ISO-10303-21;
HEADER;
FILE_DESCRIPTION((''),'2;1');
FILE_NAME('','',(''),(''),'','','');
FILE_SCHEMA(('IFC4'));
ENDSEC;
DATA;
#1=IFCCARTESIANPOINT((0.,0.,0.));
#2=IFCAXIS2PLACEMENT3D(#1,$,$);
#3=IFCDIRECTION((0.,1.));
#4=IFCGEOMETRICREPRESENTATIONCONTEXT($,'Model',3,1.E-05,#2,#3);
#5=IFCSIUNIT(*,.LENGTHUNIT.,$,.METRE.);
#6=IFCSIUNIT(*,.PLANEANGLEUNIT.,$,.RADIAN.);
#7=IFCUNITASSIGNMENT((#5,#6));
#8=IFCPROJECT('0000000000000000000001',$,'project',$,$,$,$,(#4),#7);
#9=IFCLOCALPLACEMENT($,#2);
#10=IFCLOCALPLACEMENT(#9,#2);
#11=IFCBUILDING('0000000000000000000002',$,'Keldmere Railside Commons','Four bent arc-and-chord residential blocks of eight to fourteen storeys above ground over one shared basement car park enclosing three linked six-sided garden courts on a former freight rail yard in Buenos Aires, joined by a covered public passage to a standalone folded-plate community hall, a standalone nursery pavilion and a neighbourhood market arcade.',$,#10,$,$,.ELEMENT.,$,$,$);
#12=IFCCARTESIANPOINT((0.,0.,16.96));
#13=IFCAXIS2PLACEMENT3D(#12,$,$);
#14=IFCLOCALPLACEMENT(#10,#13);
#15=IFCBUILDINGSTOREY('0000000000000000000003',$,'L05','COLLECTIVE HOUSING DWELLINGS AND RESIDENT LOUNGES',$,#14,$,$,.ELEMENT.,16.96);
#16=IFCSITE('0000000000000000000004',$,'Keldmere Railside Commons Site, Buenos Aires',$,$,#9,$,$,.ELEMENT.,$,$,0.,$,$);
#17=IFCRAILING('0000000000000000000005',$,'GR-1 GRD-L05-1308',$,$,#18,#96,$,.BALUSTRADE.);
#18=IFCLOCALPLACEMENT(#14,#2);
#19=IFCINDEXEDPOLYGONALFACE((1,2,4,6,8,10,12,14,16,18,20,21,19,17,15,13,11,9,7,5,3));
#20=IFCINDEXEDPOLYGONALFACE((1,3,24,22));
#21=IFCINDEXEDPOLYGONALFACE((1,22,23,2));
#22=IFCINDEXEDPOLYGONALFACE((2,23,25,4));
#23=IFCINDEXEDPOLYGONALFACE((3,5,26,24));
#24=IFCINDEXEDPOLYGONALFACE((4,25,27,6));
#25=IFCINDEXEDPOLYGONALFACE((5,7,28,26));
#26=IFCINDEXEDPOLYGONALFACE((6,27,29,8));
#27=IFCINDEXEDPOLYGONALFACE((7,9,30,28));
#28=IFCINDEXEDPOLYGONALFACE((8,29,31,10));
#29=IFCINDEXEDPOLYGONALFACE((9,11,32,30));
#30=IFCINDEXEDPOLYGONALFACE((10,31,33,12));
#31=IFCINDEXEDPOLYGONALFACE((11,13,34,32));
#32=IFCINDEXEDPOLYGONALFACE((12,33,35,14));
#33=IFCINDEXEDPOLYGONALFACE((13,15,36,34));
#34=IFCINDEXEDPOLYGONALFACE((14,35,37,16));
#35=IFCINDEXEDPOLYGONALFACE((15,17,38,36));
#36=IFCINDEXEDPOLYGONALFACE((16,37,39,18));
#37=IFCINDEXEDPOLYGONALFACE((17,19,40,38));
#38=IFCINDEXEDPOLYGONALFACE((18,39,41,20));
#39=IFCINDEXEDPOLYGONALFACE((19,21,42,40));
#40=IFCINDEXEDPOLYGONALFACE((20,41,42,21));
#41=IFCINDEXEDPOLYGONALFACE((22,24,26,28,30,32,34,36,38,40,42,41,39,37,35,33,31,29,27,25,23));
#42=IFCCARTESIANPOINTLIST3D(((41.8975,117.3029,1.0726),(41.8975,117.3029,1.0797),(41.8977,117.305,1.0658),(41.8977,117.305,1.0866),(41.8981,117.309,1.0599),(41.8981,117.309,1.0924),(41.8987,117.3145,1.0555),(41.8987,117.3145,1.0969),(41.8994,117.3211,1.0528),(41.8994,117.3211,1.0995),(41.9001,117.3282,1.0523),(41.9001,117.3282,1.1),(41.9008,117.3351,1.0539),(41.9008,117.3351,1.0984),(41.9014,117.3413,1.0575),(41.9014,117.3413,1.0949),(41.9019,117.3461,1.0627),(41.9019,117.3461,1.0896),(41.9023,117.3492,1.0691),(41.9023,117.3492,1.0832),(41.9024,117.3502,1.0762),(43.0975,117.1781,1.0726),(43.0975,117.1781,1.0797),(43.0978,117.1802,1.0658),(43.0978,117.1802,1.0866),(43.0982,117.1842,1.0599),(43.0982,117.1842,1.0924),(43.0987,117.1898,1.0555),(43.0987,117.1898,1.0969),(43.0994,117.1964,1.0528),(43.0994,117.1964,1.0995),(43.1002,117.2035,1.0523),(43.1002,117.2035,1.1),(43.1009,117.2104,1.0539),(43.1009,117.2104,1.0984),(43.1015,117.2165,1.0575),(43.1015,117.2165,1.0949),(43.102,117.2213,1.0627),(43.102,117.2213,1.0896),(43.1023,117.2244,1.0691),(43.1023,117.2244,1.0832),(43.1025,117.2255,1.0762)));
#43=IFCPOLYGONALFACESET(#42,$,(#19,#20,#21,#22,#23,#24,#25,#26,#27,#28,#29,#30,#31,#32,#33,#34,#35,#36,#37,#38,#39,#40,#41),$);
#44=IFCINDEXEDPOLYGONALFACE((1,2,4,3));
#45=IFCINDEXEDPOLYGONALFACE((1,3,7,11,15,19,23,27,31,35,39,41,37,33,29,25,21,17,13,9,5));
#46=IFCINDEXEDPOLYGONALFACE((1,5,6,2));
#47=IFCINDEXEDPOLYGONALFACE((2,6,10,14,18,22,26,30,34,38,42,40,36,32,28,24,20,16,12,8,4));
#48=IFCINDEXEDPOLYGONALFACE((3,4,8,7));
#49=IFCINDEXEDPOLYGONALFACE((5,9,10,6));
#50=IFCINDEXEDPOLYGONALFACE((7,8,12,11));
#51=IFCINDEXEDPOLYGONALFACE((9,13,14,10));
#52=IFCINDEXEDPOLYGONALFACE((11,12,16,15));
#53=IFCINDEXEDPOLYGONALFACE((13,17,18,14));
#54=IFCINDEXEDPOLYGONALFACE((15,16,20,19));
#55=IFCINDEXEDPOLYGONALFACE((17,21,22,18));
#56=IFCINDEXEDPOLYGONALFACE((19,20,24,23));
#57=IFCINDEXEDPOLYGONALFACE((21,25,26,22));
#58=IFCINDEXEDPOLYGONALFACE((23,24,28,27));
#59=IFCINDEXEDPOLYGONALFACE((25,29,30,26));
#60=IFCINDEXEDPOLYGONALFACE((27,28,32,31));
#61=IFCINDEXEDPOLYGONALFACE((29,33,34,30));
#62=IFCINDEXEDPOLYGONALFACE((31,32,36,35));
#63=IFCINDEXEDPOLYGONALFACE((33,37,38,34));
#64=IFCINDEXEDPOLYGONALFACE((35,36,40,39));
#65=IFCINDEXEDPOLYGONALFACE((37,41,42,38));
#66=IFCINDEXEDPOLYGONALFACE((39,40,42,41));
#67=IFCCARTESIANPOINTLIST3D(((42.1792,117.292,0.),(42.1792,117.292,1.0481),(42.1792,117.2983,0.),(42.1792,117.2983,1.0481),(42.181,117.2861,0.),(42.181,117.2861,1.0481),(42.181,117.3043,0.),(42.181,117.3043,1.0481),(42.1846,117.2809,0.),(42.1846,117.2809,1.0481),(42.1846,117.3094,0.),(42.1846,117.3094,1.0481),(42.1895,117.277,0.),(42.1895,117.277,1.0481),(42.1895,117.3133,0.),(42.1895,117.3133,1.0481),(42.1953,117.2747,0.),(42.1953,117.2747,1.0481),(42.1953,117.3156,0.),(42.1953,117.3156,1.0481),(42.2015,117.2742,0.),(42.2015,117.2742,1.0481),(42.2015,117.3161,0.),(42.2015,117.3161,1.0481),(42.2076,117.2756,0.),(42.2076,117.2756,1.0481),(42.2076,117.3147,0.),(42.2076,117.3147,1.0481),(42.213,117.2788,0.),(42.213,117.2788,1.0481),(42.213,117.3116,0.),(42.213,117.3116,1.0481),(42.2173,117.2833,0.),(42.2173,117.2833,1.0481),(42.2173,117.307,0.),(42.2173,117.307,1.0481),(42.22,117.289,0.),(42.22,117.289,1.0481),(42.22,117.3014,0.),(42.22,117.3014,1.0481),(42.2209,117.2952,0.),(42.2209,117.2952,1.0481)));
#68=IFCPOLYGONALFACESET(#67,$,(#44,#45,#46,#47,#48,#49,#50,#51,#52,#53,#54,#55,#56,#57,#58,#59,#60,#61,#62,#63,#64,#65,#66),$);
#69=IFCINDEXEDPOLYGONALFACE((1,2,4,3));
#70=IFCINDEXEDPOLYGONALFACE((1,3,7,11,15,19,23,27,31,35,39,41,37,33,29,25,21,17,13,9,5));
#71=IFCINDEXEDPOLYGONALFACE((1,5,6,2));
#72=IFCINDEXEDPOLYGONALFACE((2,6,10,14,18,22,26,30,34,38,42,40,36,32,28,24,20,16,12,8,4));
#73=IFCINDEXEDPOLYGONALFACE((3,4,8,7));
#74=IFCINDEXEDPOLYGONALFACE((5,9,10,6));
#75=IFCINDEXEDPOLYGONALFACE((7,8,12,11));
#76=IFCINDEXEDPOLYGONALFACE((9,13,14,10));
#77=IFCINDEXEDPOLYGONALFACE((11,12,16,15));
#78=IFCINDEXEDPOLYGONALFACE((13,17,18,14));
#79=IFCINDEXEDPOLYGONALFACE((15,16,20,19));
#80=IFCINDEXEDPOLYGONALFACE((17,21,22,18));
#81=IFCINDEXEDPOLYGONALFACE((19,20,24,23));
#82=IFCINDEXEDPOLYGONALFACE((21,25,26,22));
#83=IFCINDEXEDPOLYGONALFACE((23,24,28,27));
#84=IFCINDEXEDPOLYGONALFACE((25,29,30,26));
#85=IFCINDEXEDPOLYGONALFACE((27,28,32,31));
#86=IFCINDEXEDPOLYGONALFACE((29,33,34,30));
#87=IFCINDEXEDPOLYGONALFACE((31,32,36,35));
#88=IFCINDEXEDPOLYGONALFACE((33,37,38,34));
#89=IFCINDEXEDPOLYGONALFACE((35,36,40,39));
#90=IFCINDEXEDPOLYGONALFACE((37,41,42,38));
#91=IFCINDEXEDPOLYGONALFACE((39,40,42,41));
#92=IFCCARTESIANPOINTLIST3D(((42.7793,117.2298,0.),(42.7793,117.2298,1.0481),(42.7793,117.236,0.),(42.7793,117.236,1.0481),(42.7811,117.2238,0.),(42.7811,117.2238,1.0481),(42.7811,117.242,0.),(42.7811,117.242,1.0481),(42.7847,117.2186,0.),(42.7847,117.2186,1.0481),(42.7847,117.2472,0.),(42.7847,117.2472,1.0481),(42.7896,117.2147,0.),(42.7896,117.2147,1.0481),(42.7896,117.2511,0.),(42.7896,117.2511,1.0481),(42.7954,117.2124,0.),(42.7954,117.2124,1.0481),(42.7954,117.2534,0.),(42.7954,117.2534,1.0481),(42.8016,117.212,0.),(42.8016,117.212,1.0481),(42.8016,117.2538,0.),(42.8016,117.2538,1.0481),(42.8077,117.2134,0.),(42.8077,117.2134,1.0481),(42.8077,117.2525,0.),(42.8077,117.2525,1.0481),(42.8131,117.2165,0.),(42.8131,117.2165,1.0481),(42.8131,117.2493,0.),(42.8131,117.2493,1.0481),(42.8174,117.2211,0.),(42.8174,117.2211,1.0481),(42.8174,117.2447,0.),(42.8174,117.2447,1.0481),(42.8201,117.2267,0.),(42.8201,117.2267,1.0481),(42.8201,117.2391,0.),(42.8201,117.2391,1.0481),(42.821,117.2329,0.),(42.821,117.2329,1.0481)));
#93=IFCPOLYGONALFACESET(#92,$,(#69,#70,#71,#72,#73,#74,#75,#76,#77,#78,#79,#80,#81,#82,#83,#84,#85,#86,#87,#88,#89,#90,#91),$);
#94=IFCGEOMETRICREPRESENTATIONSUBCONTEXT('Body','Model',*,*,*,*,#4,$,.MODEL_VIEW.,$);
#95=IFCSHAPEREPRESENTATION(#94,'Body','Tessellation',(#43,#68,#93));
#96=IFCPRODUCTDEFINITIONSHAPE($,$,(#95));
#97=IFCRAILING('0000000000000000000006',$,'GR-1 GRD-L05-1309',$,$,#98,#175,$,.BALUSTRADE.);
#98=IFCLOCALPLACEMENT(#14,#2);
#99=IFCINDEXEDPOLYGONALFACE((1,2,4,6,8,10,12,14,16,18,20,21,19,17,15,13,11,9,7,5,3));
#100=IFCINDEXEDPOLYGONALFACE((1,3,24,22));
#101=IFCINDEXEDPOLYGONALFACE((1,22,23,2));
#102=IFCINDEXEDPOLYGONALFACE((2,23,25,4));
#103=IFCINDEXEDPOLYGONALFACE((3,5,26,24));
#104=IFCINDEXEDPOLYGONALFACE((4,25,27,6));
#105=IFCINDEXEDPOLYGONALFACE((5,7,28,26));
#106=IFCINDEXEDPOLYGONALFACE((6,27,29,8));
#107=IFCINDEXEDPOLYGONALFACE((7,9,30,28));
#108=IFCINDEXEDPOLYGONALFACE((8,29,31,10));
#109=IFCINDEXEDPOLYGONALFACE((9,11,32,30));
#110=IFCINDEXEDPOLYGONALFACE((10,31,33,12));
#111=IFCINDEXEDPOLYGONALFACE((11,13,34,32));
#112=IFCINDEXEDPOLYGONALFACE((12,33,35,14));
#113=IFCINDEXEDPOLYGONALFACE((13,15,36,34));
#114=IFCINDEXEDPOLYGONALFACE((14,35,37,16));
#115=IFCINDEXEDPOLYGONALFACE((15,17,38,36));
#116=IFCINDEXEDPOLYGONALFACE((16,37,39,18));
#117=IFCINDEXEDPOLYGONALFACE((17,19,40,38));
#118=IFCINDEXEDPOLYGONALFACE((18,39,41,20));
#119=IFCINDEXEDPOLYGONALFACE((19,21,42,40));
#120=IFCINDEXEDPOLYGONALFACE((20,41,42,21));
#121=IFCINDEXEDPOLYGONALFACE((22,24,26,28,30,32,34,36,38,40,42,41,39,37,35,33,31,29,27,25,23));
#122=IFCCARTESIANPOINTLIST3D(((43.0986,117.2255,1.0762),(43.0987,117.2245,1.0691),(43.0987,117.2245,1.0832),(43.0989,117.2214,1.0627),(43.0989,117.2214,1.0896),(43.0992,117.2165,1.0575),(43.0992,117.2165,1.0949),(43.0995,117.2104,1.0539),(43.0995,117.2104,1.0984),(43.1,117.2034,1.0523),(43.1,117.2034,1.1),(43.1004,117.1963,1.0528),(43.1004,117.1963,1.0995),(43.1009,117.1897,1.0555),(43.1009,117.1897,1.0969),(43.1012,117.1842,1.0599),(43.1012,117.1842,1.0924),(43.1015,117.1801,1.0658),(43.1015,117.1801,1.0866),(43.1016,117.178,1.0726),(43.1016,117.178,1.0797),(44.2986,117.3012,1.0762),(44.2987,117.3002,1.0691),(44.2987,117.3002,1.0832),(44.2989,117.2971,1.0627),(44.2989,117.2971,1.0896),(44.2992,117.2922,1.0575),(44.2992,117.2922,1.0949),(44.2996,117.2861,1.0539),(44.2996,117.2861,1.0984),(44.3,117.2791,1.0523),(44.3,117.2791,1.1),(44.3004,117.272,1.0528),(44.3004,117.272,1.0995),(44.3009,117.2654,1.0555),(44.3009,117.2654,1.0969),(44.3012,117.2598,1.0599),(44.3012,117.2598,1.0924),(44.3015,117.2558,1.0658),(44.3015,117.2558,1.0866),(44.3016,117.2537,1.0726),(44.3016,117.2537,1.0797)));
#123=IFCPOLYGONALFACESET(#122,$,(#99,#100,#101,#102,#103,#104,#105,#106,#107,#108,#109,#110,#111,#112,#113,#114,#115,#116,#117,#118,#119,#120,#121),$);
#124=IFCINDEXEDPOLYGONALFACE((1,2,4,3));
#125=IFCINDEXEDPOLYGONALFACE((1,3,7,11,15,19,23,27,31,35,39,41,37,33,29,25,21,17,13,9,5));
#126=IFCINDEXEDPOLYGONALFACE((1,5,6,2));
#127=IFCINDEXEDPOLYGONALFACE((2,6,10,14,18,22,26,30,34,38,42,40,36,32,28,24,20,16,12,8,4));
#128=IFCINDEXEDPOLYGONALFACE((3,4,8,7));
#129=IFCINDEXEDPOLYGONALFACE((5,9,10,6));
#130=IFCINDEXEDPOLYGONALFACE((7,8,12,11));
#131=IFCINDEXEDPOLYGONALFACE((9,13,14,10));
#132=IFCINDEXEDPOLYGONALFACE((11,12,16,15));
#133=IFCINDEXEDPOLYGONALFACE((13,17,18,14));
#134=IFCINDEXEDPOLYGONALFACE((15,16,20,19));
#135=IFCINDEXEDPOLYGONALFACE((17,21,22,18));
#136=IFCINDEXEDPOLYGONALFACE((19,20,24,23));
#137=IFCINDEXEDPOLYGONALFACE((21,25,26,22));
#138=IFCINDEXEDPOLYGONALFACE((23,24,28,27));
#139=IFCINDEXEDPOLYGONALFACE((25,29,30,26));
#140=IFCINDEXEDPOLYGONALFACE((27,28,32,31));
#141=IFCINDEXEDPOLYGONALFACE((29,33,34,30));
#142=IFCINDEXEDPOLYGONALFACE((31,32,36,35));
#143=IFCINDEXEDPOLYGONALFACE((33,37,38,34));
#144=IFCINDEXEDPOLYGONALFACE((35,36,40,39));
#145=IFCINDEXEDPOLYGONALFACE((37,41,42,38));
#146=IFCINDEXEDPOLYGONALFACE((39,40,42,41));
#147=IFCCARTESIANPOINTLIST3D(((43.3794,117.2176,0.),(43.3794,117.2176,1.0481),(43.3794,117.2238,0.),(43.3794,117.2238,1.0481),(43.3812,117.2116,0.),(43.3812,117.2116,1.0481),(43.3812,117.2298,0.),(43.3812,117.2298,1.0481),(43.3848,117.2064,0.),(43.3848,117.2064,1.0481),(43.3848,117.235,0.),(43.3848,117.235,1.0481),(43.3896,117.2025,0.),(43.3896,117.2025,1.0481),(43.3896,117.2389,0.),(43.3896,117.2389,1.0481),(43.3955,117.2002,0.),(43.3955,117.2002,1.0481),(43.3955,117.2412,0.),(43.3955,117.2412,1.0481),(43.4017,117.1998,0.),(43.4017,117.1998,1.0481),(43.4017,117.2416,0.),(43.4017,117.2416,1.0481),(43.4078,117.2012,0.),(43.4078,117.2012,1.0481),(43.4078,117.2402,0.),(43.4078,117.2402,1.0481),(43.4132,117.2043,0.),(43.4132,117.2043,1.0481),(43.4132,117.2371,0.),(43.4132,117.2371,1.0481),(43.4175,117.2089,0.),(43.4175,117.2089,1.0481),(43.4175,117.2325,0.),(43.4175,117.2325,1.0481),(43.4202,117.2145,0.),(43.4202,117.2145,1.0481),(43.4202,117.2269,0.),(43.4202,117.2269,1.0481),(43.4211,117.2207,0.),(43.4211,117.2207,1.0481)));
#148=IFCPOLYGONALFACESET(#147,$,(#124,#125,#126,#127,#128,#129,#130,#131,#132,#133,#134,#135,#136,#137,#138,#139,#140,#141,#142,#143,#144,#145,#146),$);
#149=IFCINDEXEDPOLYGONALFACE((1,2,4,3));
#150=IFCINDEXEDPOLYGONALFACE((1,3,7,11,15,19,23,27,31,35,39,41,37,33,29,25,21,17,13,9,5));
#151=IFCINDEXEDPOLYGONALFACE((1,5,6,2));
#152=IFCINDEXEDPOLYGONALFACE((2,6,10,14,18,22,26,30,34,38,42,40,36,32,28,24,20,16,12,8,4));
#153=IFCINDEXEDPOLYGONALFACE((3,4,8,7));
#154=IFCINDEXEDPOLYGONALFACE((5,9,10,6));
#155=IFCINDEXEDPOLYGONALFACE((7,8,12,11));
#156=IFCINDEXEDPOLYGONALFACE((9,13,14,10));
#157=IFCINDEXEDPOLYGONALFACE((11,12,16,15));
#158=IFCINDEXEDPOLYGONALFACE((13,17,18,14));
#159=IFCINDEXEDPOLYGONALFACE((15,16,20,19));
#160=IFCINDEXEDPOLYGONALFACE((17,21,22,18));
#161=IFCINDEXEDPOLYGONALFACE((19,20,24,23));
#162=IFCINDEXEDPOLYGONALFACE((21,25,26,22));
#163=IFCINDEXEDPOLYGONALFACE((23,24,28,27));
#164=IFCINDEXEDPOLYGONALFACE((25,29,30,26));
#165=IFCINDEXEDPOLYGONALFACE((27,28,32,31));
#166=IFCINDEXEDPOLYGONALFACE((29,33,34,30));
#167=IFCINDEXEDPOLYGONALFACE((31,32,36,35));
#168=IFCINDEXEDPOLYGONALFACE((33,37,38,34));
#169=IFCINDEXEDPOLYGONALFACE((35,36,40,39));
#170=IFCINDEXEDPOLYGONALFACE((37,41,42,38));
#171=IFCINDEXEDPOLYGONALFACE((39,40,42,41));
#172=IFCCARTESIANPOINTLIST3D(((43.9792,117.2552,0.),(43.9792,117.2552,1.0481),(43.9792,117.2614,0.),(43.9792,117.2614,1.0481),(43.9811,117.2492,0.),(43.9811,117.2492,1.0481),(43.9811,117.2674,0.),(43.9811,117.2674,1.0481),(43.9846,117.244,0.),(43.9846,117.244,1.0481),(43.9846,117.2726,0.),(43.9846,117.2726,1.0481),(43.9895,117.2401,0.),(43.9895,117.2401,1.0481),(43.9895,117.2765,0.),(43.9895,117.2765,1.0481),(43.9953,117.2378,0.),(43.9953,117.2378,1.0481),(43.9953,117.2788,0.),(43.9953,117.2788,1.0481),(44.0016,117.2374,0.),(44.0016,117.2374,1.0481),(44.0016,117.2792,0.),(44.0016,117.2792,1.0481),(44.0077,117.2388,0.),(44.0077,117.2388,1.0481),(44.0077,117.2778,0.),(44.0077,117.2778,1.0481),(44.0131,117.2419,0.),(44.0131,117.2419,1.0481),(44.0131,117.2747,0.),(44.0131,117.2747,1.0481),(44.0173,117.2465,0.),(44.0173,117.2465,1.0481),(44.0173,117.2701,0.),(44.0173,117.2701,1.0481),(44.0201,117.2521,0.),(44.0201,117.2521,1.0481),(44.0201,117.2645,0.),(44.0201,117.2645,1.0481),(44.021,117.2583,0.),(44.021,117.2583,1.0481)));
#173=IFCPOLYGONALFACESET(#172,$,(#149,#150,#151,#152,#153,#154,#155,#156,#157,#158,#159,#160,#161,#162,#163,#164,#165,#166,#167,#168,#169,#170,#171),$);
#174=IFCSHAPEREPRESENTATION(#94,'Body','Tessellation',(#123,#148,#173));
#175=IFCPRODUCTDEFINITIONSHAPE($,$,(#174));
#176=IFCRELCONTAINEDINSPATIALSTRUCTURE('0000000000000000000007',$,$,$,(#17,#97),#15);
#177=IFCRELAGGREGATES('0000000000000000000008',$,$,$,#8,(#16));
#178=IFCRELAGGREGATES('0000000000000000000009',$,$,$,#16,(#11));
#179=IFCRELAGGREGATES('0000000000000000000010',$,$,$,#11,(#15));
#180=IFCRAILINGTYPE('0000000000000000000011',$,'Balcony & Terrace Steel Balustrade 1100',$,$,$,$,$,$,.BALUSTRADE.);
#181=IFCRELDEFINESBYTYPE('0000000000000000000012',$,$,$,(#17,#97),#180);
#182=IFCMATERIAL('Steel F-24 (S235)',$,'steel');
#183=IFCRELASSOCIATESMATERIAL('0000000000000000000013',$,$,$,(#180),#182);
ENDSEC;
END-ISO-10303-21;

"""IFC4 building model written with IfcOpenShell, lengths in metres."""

from ifc_helpers import new_model, si_unit, direction, frame, origin, origin_2d, place, context, subcontext, project, spatial, circle, extrude, material, type_object, element, save


model = new_model("IFC4")

# Units and contexts
model_context = context("Model", 3, precision=1e-05, world=origin(), true_north=direction((0.0, 1.0)))
body_context = subcontext(model_context, "Body", "Model", "MODEL_VIEW")
ifc_project = project(units=[si_unit("LENGTHUNIT", "METRE"), si_unit("PLANEANGLEUNIT", "RADIAN")], contexts=[model_context])

# Site, building, storey
site_placement = place(None, origin())
site = spatial("IfcSite", under=ifc_project, at=site_placement, Name="Keldmere Railside Commons Site, Buenos Aires", CompositionType="ELEMENT", RefElevation=0.0)
building_placement = place(site_placement, origin())
building = spatial("IfcBuilding", under=site, at=building_placement, Name="Keldmere Railside Commons", Description="Four bent arc-and-chord residential blocks of eight to fourteen storeys above ground over one shared basement car park enclosing three linked six-sided garden courts on a former freight rail yard in Buenos Aires, joined by a covered public passage to a standalone folded-plate community hall, a standalone nursery pavilion and a neighbourhood market arcade.", CompositionType="ELEMENT")
storey_placement = place(building_placement, frame((0.0, 0.0, 16.96)))
storey = spatial("IfcBuildingStorey", under=building, at=storey_placement, Name="L05", Description="COLLECTIVE HOUSING DWELLINGS AND RESIDENT LOUNGES", CompositionType="ELEMENT", Elevation=16.96)

# Railings
ifc_material_1 = material(Name="Steel F-24 (S235)", Category="steel")
railing_type = type_object("IfcRailingType", Name="Balcony & Terrace Steel Balustrade 1100", PredefinedType="BALUSTRADE", material=ifc_material_1)
railing_1_placement = place(storey_placement, frame((41.8999, 117.3264, 0.0)))
element("IfcRailing", 1, at=railing_1_placement, inside=storey, type_object=railing_type, Name="GR-1 GRD-L05-1308", PredefinedType="BALUSTRADE", context=body_context, shape_type="SweptSolid", body=[
    extrude(circle(Radius=0.0239, at=origin_2d()), frame((0.0, 0.0, 1.0762), z_axis=(0.994641, -0.103389, 0.0), x_axis=(0.103389, 0.994641, 0.0)), (0.0, 0.0, 1.0), 1.2065),
    extrude(circle(Radius=0.021, at=origin_2d()), frame((0.3, -0.0312, 0.0)), (0.0, 0.0, 1.0), 1.0481),
    extrude(circle(Radius=0.021, at=origin_2d()), frame((0.9001, -0.0935, 0.0)), (0.0, 0.0, 1.0), 1.0481),
])
railing_2_placement = place(storey_placement, frame((43.1001, 117.2017, 0.0)))
element("IfcRailing", 2, at=railing_2_placement, inside=storey, type_object=railing_type, Name="GR-1 GRD-L05-1309", PredefinedType="BALUSTRADE", context=body_context, shape_type="SweptSolid", body=[
    extrude(circle(Radius=0.0239, at=origin_2d()), frame((0.0, 0.0, 1.0762), z_axis=(0.998017, 0.062947, 0.0), x_axis=(-0.062947, 0.998017, 0.0)), (0.0, 0.0, 1.0), 1.2024),
    extrude(circle(Radius=0.021, at=origin_2d()), frame((0.3, 0.019, 0.0)), (0.0, 0.0, 1.0), 1.0481),
    extrude(circle(Radius=0.021, at=origin_2d()), frame((0.8999, 0.0566, 0.0)), (0.0, 0.0, 1.0), 1.0481),
])

save(model, "model.ifc")
